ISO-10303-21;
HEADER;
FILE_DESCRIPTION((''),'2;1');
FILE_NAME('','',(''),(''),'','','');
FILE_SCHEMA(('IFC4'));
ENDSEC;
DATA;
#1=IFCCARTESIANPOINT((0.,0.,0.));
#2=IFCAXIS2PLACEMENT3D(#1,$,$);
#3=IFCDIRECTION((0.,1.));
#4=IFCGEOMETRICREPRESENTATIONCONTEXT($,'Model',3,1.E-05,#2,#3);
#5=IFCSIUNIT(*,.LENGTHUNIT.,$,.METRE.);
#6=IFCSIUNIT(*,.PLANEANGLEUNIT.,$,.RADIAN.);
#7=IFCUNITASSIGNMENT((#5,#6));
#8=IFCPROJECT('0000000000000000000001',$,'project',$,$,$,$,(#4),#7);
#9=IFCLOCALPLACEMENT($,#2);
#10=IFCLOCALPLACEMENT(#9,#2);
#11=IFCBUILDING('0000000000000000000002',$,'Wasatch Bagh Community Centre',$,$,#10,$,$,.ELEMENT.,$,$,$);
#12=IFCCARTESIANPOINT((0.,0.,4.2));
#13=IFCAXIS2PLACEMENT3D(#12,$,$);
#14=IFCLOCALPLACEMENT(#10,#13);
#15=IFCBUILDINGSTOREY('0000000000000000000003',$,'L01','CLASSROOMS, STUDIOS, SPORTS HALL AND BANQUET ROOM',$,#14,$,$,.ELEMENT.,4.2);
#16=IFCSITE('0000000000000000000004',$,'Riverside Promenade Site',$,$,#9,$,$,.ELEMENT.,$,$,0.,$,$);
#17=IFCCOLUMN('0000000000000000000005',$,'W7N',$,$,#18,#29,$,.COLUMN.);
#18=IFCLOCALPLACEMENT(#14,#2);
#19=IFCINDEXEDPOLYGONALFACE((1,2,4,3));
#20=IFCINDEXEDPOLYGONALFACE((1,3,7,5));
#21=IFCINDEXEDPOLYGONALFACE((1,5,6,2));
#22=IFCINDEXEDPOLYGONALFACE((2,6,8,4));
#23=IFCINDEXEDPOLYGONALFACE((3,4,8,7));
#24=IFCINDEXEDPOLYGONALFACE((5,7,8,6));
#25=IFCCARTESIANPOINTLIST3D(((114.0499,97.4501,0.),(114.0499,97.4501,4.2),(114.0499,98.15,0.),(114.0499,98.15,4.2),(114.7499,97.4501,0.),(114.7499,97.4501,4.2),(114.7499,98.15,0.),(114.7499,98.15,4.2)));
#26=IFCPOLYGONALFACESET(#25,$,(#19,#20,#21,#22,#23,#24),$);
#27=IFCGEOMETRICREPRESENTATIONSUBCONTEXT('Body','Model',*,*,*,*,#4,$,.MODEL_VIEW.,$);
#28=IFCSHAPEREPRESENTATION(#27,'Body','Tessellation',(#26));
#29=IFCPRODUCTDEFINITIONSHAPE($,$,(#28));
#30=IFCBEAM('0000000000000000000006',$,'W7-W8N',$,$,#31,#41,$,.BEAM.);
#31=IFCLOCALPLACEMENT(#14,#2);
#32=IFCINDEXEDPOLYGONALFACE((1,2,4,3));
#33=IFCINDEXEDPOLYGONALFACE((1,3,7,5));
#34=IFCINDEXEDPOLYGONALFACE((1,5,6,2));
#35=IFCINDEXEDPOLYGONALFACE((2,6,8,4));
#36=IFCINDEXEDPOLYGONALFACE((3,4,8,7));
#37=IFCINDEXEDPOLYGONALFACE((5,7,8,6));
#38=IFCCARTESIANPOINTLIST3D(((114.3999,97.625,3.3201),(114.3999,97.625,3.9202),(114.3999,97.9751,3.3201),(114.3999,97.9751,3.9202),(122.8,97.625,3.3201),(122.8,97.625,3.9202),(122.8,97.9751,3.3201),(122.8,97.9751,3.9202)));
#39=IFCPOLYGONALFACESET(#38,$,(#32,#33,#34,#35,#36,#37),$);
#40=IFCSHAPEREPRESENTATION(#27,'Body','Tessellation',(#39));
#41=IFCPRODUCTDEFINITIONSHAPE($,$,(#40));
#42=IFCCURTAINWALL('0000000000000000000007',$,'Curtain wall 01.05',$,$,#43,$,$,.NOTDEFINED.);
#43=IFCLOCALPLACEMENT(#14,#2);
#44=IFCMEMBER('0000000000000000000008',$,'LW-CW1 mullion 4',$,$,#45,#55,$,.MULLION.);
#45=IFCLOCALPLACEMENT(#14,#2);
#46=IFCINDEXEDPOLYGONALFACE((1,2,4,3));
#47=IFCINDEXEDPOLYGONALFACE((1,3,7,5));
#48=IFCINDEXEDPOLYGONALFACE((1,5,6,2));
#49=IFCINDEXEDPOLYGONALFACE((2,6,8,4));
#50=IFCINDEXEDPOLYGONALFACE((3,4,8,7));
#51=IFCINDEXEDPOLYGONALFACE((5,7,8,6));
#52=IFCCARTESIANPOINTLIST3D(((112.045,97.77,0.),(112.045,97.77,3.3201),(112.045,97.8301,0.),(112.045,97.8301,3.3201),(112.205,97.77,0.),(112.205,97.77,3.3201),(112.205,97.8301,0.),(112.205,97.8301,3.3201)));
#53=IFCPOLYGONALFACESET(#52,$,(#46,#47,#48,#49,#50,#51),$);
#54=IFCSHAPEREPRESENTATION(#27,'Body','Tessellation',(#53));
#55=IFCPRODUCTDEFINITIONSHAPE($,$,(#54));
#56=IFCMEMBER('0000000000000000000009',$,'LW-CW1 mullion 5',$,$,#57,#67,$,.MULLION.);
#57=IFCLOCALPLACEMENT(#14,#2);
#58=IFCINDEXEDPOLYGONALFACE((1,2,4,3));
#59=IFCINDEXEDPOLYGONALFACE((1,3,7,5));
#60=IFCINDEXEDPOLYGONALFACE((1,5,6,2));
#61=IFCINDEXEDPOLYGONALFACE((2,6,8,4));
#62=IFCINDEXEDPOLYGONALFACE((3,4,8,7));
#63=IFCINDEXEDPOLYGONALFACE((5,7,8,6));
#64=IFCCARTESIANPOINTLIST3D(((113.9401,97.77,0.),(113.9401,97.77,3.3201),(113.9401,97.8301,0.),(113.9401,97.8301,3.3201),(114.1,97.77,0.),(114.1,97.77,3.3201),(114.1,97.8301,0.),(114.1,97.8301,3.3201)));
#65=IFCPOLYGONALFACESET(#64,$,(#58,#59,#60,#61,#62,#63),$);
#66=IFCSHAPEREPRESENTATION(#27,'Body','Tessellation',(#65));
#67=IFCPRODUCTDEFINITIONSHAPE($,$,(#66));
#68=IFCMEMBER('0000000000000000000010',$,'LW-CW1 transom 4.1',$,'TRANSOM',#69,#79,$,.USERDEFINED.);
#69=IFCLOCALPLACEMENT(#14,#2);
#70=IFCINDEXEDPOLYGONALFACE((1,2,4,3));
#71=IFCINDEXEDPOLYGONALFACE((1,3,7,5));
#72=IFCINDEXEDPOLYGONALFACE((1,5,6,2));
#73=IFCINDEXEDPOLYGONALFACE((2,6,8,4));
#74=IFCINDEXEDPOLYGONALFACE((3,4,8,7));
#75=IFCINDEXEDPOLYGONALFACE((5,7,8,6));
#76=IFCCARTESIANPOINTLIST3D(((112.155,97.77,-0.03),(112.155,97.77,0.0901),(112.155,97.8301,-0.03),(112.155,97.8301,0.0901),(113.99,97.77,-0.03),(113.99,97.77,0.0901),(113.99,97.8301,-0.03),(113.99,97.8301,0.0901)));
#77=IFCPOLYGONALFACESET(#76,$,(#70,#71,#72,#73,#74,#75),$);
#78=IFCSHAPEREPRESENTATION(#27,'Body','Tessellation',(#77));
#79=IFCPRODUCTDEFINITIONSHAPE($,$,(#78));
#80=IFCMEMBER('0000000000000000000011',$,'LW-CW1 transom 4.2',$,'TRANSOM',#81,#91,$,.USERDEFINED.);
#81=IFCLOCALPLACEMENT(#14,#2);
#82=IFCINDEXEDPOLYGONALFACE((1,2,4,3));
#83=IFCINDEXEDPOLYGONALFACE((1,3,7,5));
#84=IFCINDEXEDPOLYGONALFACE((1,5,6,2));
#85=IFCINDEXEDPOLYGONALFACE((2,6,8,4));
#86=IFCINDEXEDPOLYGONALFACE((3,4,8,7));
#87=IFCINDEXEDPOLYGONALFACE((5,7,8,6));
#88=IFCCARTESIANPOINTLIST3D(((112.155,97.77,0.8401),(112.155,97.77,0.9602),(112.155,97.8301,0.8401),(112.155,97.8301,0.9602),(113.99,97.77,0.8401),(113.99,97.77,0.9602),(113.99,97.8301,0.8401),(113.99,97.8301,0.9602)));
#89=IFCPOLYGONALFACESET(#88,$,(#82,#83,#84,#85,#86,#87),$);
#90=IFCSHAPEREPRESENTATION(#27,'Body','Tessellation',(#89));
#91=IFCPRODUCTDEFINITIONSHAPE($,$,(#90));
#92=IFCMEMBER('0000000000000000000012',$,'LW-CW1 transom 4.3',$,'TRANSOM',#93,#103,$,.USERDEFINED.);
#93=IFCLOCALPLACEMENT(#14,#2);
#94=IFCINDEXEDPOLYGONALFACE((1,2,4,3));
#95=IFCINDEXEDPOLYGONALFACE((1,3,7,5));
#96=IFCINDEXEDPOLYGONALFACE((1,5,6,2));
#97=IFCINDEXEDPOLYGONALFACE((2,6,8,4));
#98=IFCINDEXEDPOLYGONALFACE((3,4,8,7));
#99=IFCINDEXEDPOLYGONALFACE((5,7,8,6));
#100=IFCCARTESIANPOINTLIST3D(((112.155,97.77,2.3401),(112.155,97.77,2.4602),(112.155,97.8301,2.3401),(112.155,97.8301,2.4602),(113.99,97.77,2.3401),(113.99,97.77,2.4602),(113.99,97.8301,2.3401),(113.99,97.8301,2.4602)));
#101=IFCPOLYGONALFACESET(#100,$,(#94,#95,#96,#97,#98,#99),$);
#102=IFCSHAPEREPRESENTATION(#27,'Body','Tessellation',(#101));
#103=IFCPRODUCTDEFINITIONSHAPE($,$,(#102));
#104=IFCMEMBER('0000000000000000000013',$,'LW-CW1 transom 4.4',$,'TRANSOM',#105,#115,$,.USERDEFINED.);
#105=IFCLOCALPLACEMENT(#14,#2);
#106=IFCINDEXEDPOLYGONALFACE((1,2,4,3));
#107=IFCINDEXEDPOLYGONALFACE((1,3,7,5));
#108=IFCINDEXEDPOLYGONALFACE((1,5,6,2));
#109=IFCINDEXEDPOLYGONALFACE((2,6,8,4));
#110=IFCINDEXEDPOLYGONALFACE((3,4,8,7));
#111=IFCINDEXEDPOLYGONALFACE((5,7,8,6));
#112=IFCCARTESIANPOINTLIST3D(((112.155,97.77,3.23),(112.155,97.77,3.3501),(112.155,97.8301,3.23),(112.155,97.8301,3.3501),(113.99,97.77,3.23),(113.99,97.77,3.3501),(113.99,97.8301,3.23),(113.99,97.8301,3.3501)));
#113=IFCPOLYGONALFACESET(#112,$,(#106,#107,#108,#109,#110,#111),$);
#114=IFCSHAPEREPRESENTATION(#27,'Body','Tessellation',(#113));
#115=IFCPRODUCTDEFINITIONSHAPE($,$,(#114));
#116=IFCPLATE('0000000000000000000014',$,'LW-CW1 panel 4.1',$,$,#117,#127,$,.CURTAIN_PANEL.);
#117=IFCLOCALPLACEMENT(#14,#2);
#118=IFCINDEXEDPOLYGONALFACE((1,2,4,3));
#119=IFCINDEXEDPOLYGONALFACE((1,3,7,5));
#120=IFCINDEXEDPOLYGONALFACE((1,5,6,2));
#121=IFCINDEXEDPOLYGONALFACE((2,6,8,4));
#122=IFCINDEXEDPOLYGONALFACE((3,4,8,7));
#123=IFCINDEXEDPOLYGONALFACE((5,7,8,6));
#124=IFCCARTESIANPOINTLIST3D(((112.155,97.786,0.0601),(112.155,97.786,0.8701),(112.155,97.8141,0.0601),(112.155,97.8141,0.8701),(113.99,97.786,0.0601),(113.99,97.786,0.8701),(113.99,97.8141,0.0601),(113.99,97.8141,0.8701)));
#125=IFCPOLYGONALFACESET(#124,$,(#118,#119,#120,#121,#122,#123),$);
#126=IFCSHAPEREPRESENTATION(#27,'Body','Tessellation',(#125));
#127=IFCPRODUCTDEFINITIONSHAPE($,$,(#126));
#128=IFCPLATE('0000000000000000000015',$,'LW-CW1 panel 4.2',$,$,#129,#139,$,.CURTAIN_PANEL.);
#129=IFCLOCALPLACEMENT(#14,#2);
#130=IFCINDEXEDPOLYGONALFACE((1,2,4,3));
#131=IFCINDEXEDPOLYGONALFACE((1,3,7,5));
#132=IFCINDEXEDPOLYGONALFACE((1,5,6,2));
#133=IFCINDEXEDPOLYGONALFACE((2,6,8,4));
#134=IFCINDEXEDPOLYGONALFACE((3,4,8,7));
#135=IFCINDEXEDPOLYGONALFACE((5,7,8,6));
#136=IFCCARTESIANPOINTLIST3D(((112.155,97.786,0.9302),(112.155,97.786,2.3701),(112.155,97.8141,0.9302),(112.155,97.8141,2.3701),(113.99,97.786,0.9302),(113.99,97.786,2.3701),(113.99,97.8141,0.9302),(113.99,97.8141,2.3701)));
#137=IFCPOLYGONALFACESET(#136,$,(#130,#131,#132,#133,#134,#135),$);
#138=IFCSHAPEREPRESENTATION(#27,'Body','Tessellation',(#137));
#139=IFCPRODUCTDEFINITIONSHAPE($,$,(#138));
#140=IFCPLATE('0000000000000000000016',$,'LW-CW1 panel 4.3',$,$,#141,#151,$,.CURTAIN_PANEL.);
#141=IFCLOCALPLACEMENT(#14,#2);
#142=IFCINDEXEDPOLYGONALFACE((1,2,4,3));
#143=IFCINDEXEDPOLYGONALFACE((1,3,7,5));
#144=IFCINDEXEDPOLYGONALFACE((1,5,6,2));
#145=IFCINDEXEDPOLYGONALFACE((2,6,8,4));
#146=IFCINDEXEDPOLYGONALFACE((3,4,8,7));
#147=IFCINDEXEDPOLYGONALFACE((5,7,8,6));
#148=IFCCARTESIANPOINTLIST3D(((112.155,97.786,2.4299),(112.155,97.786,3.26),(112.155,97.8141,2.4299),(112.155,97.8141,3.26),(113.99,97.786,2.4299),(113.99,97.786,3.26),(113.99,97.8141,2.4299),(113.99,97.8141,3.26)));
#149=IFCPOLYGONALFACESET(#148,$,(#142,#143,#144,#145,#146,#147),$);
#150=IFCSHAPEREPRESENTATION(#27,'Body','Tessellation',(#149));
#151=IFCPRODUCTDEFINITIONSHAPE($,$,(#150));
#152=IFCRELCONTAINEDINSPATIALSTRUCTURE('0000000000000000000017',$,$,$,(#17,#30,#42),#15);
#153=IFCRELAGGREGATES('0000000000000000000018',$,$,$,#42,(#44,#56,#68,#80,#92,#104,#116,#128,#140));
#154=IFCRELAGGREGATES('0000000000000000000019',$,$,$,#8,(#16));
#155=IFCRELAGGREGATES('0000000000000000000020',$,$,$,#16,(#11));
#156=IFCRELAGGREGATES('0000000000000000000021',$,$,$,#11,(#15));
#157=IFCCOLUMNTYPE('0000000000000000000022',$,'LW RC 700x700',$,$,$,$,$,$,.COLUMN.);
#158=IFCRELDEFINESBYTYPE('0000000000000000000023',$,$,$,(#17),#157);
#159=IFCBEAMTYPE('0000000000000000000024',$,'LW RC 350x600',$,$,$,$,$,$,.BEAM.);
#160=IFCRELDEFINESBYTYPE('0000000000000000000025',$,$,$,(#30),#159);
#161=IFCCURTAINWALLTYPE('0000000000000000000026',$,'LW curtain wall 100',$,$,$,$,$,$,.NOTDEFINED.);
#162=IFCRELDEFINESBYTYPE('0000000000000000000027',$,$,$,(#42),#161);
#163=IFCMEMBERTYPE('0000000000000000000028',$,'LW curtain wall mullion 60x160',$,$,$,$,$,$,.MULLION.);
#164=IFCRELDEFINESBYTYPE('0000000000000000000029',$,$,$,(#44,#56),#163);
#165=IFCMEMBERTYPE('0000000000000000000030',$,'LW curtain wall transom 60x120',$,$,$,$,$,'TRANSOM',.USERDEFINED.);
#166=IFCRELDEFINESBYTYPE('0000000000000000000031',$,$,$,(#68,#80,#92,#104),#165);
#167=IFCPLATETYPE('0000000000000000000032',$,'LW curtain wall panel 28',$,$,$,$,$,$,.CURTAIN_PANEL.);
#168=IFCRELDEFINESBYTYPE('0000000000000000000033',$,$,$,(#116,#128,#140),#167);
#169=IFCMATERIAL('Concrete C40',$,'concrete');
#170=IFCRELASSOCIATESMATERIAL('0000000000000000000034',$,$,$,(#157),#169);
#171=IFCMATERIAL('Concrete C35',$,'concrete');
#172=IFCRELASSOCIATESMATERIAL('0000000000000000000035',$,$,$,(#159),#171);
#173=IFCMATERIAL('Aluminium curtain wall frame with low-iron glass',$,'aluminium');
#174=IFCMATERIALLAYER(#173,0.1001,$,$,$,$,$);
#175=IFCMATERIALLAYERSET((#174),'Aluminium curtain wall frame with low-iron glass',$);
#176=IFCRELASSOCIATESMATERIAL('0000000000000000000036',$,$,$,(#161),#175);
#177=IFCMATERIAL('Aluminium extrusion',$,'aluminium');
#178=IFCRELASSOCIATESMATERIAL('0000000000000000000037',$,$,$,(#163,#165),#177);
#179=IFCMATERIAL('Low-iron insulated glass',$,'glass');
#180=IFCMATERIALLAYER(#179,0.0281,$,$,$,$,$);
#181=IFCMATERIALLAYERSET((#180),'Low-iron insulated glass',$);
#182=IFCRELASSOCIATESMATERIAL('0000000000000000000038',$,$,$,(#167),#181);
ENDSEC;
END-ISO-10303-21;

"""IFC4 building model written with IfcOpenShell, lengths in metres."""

from ifc_helpers import new_model, si_unit, direction, frame, origin, origin_2d, place, context, subcontext, project, spatial, rectangle, extrude, material, layer, layer_set, material_profile, profile_set, type_object, element, aggregate, save


model = new_model("IFC4")

# Units and contexts
model_context = context("Model", 3, precision=1e-05, world=origin(), true_north=direction((0.0, 1.0)))
body_context = subcontext(model_context, "Body", "Model", "MODEL_VIEW")
ifc_project = project(units=[si_unit("LENGTHUNIT", "METRE"), si_unit("PLANEANGLEUNIT", "RADIAN")], contexts=[model_context])

# Site, building, storey
site_placement = place(None, origin())
site = spatial("IfcSite", under=ifc_project, at=site_placement, Name="Riverside Promenade Site", CompositionType="ELEMENT", RefElevation=0.0)
building_placement = place(site_placement, origin())
building = spatial("IfcBuilding", under=site, at=building_placement, Name="Wasatch Bagh Community Centre", CompositionType="ELEMENT")
storey_placement = place(building_placement, frame((0.0, 0.0, 4.2)))
storey = spatial("IfcBuildingStorey", under=building, at=storey_placement, Name="L01", Description="CLASSROOMS, STUDIOS, SPORTS HALL AND BANQUET ROOM", CompositionType="ELEMENT", Elevation=4.2)

# Column
ifc_material_1 = material(Name="Concrete C40", Category="concrete")
ifc_material_profile_1 = material_profile(ifc_material_1, rectangle(XDim=0.7, YDim=0.7, at=origin_2d()), Name="RC 700x700")
ifc_profile_set_1 = profile_set([ifc_material_profile_1], Name="Concrete C40")
column_type = type_object("IfcColumnType", Name="LW RC 700x700", PredefinedType="COLUMN", material=ifc_profile_set_1)
column_placement = place(storey_placement, frame((114.3999, 97.8, 0.0), z_axis=(0.0, 0.0, 1.0), x_axis=(1.0, 0.0, 0.0)))
element("IfcColumn", 1, at=column_placement, inside=storey, type_object=column_type, Name="W7N", PredefinedType="COLUMN", context=body_context, shape_type="SweptSolid", body=[
    extrude(rectangle(XDim=0.7, YDim=0.7, at=origin_2d()), origin(), (0.0, 0.0, 1.0), 4.2),
])

# Beam
ifc_material_2 = material(Name="Concrete C35", Category="concrete")
ifc_material_profile_2 = material_profile(ifc_material_2, rectangle(XDim=0.3501, YDim=0.6001, at=origin_2d()), Name="RC 350x600")
ifc_profile_set_2 = profile_set([ifc_material_profile_2], Name="Concrete C35")
beam_type = type_object("IfcBeamType", Name="LW RC 350x600", PredefinedType="BEAM", material=ifc_profile_set_2)
beam_placement = place(storey_placement, frame((114.3999, 97.8, 3.6201), z_axis=(1.0, 0.0, 0.0), x_axis=(0.0, 1.0, 0.0)))
element("IfcBeam", 2, at=beam_placement, inside=storey, type_object=beam_type, Name="W7-W8N", PredefinedType="BEAM", context=body_context, shape_type="SweptSolid", body=[
    extrude(rectangle(XDim=0.3501, YDim=0.6001, at=origin_2d()), origin(), (0.0, 0.0, 1.0), 8.4001),
])

# Curtain wall, members, plates
ifc_material_3 = material(Name="Aluminium curtain wall frame with low-iron glass", Category="aluminium")
ifc_layer_1 = layer(ifc_material_3, 0.1001)
ifc_layer_set_1 = layer_set([ifc_layer_1], Name="Aluminium curtain wall frame with low-iron glass")
curtain_wall_type = type_object("IfcCurtainWallType", Name="LW curtain wall 100", PredefinedType="NOTDEFINED", material=ifc_layer_set_1)
curtain_wall_placement = place(storey_placement, origin())
curtain_wall = element("IfcCurtainWall", 3, at=curtain_wall_placement, inside=storey, type_object=curtain_wall_type, Name="Curtain wall 01.05", PredefinedType="NOTDEFINED")
ifc_material_4 = material(Name="Aluminium extrusion", Category="aluminium")
ifc_material_profile_3 = material_profile(ifc_material_4, rectangle(XDim=0.0601, YDim=0.1599, at=origin_2d()), Name="AL 60x160")
ifc_profile_set_3 = profile_set([ifc_material_profile_3], Name="Aluminium extrusion")
member_type_1 = type_object("IfcMemberType", Name="LW curtain wall mullion 60x160", PredefinedType="MULLION", material=ifc_profile_set_3)
member_1_placement = place(storey_placement, frame((112.125, 97.8, 0.0), z_axis=(0.0, 0.0, 1.0), x_axis=(0.0, 1.0, 0.0)))
member_1 = element("IfcMember", 4, at=member_1_placement, type_object=member_type_1, Name="LW-CW1 mullion 4", PredefinedType="MULLION", context=body_context, shape_type="SweptSolid", body=[
    extrude(rectangle(XDim=0.0601, YDim=0.1599, at=origin_2d()), origin(), (0.0, 0.0, 1.0), 3.3201),
])
member_2_placement = place(storey_placement, frame((114.02, 97.8, 0.0), z_axis=(0.0, 0.0, 1.0), x_axis=(0.0, 1.0, 0.0)))
member_2 = element("IfcMember", 5, at=member_2_placement, type_object=member_type_1, Name="LW-CW1 mullion 5", PredefinedType="MULLION", context=body_context, shape_type="SweptSolid", body=[
    extrude(rectangle(XDim=0.0601, YDim=0.1599, at=origin_2d()), origin(), (0.0, 0.0, 1.0), 3.3201),
])
ifc_material_profile_4 = material_profile(ifc_material_4, rectangle(XDim=0.0601, YDim=0.1201, at=origin_2d()), Name="AL 60x120")
ifc_profile_set_4 = profile_set([ifc_material_profile_4], Name="Aluminium extrusion")
member_type_2 = type_object("IfcMemberType", Name="LW curtain wall transom 60x120", ElementType="TRANSOM", PredefinedType="USERDEFINED", material=ifc_profile_set_4)
member_3_placement = place(storey_placement, frame((112.155, 97.8, 0.03), z_axis=(1.0, 0.0, 0.0), x_axis=(0.0, 1.0, 0.0)))
member_3 = element("IfcMember", 6, at=member_3_placement, type_object=member_type_2, Name="LW-CW1 transom 4.1", ObjectType="TRANSOM", PredefinedType="USERDEFINED", context=body_context, shape_type="SweptSolid", body=[
    extrude(rectangle(XDim=0.0601, YDim=0.1201, at=origin_2d()), origin(), (0.0, 0.0, 1.0), 1.835),
])
member_4_placement = place(storey_placement, frame((112.155, 97.8, 0.9001), z_axis=(1.0, 0.0, 0.0), x_axis=(0.0, 1.0, 0.0)))
member_4 = element("IfcMember", 7, at=member_4_placement, type_object=member_type_2, Name="LW-CW1 transom 4.2", ObjectType="TRANSOM", PredefinedType="USERDEFINED", context=body_context, shape_type="SweptSolid", body=[
    extrude(rectangle(XDim=0.0601, YDim=0.1201, at=origin_2d()), origin(), (0.0, 0.0, 1.0), 1.835),
])
member_5_placement = place(storey_placement, frame((112.155, 97.8, 2.4001), z_axis=(1.0, 0.0, 0.0), x_axis=(0.0, 1.0, 0.0)))
member_5 = element("IfcMember", 8, at=member_5_placement, type_object=member_type_2, Name="LW-CW1 transom 4.3", ObjectType="TRANSOM", PredefinedType="USERDEFINED", context=body_context, shape_type="SweptSolid", body=[
    extrude(rectangle(XDim=0.0601, YDim=0.1201, at=origin_2d()), origin(), (0.0, 0.0, 1.0), 1.835),
])
member_6_placement = place(storey_placement, frame((112.155, 97.8, 3.29), z_axis=(1.0, 0.0, 0.0), x_axis=(0.0, 1.0, 0.0)))
member_6 = element("IfcMember", 9, at=member_6_placement, type_object=member_type_2, Name="LW-CW1 transom 4.4", ObjectType="TRANSOM", PredefinedType="USERDEFINED", context=body_context, shape_type="SweptSolid", body=[
    extrude(rectangle(XDim=0.0601, YDim=0.1201, at=origin_2d()), origin(), (0.0, 0.0, 1.0), 1.835),
])
ifc_material_5 = material(Name="Low-iron insulated glass", Category="glass")
ifc_layer_2 = layer(ifc_material_5, 0.0281)
ifc_layer_set_2 = layer_set([ifc_layer_2], Name="Low-iron insulated glass")
plate_type_1 = type_object("IfcPlateType", Name="LW curtain wall panel 28", PredefinedType="CURTAIN_PANEL", material=ifc_layer_set_2)
plate_1_placement = place(storey_placement, frame((113.0725, 97.8, 0.0601), z_axis=(0.0, 0.0, 1.0), x_axis=(1.0, 0.0, 0.0)))
plate_1 = element("IfcPlate", 10, at=plate_1_placement, type_object=plate_type_1, Name="LW-CW1 panel 4.1", PredefinedType="CURTAIN_PANEL", context=body_context, shape_type="SweptSolid", body=[
    extrude(rectangle(XDim=1.835, YDim=0.0281, at=origin_2d()), origin(), (0.0, 0.0, 1.0), 0.8101),
])
plate_2_placement = place(storey_placement, frame((113.0725, 97.8, 0.9302), z_axis=(0.0, 0.0, 1.0), x_axis=(1.0, 0.0, 0.0)))
plate_2 = element("IfcPlate", 11, at=plate_2_placement, type_object=plate_type_1, Name="LW-CW1 panel 4.2", PredefinedType="CURTAIN_PANEL", context=body_context, shape_type="SweptSolid", body=[
    extrude(rectangle(XDim=1.835, YDim=0.0281, at=origin_2d()), origin(), (0.0, 0.0, 1.0), 1.4399),
])
plate_3_placement = place(storey_placement, frame((113.0725, 97.8, 2.4299), z_axis=(0.0, 0.0, 1.0), x_axis=(1.0, 0.0, 0.0)))
plate_3 = element("IfcPlate", 12, at=plate_3_placement, type_object=plate_type_1, Name="LW-CW1 panel 4.3", PredefinedType="CURTAIN_PANEL", context=body_context, shape_type="SweptSolid", body=[
    extrude(rectangle(XDim=1.835, YDim=0.0281, at=origin_2d()), origin(), (0.0, 0.0, 1.0), 0.8301),
])
aggregate(curtain_wall, [member_1, member_2, member_3, member_4, member_5, member_6, plate_1, plate_2, plate_3])

save(model, "model.ifc")
